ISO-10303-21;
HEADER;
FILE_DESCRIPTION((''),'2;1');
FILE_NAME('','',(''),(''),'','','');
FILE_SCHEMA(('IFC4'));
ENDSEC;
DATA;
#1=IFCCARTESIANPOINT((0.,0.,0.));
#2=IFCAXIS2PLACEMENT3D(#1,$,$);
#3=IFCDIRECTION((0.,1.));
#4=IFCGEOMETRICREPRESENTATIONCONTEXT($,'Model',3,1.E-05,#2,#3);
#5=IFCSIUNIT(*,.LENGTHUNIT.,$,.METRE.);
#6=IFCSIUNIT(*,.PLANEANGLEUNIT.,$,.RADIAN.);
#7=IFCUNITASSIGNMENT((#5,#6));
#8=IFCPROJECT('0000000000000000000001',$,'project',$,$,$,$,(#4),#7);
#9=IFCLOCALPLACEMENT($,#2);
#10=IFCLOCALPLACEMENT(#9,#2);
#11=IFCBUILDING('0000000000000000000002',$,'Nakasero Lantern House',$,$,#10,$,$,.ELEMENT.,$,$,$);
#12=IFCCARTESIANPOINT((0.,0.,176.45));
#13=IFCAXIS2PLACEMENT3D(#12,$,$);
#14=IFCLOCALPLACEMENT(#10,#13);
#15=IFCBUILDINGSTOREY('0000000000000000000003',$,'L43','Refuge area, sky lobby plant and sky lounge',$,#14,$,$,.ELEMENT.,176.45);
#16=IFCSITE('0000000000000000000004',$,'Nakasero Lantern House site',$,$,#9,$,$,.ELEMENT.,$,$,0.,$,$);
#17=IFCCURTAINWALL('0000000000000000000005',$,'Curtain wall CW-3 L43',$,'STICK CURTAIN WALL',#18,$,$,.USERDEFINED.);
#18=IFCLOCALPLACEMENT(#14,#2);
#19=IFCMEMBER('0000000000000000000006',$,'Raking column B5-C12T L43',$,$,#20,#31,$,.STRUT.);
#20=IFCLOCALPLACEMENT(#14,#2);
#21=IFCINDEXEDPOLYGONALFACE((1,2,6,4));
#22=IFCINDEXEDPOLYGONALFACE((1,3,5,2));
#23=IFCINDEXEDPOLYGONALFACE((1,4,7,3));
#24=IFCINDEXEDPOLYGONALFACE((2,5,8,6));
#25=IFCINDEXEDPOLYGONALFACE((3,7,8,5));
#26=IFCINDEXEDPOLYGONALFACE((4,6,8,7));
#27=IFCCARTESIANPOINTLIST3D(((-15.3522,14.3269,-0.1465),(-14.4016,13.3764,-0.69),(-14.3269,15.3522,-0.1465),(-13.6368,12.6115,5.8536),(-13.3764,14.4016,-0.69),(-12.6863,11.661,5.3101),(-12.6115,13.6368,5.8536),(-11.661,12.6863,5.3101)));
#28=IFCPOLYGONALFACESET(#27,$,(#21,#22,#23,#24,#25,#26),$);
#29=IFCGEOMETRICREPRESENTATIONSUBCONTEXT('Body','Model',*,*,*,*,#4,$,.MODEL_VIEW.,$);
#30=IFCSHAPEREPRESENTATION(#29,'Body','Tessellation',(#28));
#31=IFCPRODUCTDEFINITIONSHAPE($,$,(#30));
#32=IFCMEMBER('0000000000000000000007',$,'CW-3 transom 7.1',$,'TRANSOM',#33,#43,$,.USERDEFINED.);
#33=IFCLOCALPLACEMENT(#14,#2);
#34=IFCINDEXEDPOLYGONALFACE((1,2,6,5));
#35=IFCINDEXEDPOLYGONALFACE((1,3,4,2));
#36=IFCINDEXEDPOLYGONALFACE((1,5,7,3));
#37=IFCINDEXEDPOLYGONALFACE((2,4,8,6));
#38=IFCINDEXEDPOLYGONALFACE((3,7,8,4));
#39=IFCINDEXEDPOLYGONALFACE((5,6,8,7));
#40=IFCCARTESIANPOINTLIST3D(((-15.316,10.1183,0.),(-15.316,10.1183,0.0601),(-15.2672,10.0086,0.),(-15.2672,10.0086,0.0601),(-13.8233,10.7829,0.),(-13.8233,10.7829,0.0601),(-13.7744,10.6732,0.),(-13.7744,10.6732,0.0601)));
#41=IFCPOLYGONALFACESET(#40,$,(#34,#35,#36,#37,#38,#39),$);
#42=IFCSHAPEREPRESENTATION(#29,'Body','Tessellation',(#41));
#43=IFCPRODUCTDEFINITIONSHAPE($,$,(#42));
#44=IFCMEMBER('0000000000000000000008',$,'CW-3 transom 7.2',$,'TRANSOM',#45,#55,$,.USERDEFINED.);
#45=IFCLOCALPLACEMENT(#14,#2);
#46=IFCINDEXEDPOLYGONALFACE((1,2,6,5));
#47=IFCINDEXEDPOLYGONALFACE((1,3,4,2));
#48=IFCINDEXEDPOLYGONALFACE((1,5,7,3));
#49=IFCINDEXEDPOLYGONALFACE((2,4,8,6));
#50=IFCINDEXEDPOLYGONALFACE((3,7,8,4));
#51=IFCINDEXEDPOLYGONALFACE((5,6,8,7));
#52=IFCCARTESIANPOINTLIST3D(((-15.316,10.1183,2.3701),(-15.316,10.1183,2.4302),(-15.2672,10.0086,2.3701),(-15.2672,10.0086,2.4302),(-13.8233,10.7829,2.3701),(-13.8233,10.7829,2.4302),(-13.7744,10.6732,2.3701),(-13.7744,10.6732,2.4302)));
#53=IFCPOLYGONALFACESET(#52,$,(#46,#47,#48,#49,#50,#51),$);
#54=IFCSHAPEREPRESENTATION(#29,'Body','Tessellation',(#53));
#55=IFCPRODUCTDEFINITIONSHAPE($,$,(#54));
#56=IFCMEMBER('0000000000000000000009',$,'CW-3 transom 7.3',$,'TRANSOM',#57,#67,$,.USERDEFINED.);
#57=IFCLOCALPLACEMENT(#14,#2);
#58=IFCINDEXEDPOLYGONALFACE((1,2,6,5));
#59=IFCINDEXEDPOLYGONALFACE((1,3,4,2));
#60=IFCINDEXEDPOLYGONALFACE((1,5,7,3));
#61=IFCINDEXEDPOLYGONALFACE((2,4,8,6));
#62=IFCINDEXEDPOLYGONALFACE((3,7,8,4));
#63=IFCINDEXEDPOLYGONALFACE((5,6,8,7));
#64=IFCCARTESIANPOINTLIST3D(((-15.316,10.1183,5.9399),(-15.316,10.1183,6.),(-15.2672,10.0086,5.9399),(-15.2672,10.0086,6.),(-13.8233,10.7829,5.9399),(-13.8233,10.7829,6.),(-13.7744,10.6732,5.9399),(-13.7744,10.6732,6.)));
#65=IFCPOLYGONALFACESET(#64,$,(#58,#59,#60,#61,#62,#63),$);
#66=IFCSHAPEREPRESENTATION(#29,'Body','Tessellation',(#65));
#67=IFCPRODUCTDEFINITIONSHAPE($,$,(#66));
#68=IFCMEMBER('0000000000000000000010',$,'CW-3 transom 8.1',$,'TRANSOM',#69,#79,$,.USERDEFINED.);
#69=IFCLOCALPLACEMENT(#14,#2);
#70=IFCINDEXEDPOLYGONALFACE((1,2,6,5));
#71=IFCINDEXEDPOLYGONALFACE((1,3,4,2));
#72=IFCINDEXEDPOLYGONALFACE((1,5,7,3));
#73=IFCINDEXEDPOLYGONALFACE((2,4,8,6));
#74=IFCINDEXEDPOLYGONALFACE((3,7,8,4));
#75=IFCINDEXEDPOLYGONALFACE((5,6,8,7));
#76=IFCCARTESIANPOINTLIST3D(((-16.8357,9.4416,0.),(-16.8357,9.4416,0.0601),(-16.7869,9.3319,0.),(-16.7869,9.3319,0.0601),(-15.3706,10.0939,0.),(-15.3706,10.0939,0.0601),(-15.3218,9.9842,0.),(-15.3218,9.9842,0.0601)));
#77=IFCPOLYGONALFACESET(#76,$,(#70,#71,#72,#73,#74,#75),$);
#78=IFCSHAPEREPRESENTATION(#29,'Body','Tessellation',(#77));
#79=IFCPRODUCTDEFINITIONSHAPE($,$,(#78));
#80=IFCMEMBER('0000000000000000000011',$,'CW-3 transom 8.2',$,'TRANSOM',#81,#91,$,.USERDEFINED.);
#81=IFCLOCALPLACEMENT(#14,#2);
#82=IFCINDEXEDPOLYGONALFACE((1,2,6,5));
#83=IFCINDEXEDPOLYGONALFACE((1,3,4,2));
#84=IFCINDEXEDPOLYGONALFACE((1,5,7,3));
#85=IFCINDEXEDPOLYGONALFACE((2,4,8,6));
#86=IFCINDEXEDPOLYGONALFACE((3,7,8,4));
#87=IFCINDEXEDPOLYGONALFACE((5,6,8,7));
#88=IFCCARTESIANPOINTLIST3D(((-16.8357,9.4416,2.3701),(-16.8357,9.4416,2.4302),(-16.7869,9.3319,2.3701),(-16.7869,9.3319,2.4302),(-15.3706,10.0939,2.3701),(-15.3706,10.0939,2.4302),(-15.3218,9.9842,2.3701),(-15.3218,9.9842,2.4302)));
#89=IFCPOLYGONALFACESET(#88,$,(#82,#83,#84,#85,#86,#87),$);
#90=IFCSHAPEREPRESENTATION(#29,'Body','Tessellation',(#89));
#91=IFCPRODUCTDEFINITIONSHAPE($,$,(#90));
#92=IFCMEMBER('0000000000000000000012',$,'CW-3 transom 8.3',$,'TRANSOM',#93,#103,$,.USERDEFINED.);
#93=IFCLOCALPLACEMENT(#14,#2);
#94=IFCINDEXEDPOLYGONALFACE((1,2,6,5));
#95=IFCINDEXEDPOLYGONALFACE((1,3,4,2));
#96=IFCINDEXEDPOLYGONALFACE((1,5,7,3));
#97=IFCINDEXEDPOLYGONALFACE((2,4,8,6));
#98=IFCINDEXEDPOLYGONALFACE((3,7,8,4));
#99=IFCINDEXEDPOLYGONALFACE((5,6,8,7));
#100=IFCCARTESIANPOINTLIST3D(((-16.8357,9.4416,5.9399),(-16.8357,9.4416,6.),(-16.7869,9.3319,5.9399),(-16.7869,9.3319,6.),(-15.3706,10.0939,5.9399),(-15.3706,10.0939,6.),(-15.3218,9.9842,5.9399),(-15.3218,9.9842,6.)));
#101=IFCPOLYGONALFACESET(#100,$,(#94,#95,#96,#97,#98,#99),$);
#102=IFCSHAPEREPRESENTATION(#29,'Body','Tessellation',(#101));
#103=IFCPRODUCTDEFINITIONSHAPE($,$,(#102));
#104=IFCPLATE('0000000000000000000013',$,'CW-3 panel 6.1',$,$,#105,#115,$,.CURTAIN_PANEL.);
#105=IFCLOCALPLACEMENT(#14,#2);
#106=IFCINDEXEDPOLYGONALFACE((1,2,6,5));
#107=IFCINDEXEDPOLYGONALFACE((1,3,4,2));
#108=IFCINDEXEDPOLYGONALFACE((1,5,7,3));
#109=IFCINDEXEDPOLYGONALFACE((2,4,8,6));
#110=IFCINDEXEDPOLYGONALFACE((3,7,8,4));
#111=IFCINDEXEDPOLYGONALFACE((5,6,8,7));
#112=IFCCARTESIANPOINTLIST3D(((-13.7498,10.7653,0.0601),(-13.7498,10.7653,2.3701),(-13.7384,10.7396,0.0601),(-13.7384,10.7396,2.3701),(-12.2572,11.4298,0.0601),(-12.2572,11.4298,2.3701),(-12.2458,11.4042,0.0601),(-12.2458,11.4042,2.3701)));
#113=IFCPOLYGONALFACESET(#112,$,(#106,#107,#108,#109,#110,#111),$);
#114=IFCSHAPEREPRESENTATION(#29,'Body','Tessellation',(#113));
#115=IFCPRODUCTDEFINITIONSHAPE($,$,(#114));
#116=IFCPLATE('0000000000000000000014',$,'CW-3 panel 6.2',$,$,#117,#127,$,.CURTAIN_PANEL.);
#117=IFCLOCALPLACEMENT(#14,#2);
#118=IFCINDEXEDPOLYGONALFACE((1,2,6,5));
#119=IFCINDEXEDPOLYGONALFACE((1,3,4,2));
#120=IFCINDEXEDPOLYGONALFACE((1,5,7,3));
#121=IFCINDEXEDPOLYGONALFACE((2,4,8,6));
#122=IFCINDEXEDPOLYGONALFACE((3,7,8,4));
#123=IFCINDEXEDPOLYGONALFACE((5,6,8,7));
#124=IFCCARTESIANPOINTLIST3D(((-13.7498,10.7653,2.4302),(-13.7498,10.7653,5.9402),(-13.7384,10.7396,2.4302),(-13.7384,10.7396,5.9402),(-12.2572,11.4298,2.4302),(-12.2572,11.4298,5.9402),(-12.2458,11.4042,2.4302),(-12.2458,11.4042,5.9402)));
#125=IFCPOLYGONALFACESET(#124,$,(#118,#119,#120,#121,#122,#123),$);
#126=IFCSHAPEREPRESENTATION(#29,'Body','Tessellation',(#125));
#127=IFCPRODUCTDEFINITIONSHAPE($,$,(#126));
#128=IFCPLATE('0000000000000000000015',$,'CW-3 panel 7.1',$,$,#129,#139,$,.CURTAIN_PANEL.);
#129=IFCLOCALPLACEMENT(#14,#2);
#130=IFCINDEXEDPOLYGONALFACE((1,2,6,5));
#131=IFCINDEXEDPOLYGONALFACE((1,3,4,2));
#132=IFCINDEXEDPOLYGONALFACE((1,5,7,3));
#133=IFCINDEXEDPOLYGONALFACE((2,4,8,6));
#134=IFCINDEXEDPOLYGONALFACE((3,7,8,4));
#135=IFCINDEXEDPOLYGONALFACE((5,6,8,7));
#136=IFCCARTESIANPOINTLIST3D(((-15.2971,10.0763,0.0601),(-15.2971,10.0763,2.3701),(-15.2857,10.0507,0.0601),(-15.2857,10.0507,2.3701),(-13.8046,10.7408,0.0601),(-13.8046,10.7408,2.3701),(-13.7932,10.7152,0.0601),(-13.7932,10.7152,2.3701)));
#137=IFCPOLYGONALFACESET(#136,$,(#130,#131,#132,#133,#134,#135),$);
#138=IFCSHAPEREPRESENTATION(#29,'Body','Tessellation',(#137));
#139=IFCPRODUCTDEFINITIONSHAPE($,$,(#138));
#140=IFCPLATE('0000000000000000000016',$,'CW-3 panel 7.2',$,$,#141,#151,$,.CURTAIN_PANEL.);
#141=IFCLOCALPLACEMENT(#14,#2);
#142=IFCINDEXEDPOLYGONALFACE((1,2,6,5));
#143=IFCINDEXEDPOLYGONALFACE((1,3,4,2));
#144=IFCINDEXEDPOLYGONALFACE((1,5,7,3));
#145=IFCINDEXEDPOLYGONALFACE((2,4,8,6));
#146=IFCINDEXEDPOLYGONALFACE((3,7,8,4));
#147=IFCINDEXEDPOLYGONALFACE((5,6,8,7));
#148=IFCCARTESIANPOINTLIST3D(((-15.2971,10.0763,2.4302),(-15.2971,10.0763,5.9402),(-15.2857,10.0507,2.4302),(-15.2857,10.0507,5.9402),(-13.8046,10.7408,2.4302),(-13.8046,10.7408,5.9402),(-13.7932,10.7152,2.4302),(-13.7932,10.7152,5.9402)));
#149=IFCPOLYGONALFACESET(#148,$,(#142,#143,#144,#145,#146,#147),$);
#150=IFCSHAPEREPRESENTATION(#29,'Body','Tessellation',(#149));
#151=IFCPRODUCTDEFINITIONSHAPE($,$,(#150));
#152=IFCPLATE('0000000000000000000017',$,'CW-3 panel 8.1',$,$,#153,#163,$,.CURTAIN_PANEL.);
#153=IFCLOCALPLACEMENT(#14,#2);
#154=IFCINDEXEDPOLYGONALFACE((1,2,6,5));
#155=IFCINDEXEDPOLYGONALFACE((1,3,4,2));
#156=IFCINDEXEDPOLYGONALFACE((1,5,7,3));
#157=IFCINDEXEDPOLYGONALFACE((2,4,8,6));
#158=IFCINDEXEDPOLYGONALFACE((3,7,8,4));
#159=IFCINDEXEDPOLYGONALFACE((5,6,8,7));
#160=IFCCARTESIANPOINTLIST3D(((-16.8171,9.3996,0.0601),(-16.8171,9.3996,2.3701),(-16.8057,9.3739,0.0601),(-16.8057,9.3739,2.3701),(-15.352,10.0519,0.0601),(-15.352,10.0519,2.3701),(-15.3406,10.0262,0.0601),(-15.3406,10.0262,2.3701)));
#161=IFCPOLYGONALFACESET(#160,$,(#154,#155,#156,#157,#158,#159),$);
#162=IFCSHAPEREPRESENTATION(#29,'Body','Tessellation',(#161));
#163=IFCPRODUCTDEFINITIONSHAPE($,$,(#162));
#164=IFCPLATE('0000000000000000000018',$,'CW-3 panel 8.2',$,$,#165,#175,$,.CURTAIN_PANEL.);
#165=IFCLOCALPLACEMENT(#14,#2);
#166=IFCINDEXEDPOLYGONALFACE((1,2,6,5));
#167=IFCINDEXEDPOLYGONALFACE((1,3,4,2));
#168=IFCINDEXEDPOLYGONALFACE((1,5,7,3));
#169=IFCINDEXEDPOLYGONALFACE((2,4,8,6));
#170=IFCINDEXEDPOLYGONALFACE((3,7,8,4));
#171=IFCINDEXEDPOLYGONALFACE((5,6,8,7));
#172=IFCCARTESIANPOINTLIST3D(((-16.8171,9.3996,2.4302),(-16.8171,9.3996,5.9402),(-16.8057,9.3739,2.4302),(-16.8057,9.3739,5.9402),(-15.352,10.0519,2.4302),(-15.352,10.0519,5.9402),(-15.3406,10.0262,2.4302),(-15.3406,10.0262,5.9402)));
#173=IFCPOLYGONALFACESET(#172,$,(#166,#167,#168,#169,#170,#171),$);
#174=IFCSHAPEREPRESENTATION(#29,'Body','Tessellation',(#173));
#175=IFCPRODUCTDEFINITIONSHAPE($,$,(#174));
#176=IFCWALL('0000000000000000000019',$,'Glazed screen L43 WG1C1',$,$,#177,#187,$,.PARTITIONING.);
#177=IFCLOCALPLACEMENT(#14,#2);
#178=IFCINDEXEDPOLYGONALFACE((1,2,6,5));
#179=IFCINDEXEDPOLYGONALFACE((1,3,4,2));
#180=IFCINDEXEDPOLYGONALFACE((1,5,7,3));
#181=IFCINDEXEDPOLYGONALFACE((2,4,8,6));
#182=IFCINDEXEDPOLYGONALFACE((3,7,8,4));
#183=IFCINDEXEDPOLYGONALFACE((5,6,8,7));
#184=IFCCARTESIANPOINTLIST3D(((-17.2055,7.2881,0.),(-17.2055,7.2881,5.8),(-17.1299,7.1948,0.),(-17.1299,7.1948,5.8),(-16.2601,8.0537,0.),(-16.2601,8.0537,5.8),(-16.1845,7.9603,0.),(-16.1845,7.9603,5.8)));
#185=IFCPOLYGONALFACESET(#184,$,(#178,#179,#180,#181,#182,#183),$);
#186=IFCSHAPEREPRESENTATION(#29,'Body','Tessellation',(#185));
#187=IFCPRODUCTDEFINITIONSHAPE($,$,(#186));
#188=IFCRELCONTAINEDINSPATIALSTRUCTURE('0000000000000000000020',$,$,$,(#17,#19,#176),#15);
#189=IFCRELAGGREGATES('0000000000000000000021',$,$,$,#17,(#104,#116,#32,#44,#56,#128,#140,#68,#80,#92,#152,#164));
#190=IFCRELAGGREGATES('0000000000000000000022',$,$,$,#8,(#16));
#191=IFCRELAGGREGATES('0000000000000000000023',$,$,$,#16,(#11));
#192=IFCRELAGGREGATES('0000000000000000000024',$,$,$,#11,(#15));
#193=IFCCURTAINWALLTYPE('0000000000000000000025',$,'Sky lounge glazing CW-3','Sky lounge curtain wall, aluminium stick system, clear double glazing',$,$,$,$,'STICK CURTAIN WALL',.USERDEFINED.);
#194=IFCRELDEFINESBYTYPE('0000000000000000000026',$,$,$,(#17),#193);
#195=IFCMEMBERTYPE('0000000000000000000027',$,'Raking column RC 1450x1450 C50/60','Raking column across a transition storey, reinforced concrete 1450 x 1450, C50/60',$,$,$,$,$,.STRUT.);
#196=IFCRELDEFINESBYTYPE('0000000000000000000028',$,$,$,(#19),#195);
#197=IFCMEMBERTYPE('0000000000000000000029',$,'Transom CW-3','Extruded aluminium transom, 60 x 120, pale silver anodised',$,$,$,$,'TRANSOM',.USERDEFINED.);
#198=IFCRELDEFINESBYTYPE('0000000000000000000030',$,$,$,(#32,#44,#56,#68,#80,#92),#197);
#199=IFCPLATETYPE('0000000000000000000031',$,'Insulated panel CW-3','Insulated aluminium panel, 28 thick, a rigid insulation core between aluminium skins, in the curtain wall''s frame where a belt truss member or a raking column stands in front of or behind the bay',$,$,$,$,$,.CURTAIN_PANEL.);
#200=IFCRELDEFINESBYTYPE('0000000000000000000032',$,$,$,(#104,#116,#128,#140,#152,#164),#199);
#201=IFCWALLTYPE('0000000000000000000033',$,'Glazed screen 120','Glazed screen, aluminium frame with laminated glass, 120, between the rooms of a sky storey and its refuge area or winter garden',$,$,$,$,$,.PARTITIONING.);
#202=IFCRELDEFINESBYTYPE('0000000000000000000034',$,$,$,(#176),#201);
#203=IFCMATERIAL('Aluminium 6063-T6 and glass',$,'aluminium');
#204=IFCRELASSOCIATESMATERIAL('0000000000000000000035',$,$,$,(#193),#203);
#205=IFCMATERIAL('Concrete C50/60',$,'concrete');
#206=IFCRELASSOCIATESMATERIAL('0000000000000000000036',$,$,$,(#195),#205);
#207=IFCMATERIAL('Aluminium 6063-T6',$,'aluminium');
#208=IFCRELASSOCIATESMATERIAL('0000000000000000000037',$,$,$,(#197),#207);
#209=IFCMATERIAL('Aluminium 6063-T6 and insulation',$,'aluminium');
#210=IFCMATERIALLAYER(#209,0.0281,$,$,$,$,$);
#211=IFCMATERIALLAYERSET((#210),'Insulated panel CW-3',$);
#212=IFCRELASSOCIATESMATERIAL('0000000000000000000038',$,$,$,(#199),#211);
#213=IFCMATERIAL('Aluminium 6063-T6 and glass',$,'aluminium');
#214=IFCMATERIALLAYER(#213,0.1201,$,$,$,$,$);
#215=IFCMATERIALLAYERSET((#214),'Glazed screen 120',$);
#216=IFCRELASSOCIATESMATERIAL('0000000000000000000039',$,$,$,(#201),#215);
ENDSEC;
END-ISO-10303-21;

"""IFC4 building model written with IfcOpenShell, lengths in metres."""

from ifc_helpers import new_model, si_unit, direction, frame, frame_2d, origin, origin_2d, place, context, subcontext, project, spatial, rectangle, extrude, material, layer, layer_set, material_profile, profile_set, type_object, element, aggregate, save


model = new_model("IFC4")

# Units and contexts
model_context = context("Model", 3, precision=1e-05, world=origin(), true_north=direction((0.0, 1.0)))
body_context = subcontext(model_context, "Body", "Model", "MODEL_VIEW")
ifc_project = project(units=[si_unit("LENGTHUNIT", "METRE"), si_unit("PLANEANGLEUNIT", "RADIAN")], contexts=[model_context])

# Site, building, storey
site_placement = place(None, origin())
site = spatial("IfcSite", under=ifc_project, at=site_placement, Name="Nakasero Lantern House site", CompositionType="ELEMENT", RefElevation=0.0)
building_placement = place(site_placement, origin())
building = spatial("IfcBuilding", under=site, at=building_placement, Name="Nakasero Lantern House", CompositionType="ELEMENT")
storey_placement = place(building_placement, frame((0.0, 0.0, 176.45)))
storey = spatial("IfcBuildingStorey", under=building, at=storey_placement, Name="L43", Description="Refuge area, sky lobby plant and sky lounge", CompositionType="ELEMENT", Elevation=176.45)

# Curtain wall
ifc_material_1 = material(Name="Aluminium 6063-T6 and glass", Category="aluminium")
curtain_wall_type = type_object("IfcCurtainWallType", Name="Sky lounge glazing CW-3", Description="Sky lounge curtain wall, aluminium stick system, clear double glazing", ElementType="STICK CURTAIN WALL", PredefinedType="USERDEFINED", material=ifc_material_1)
curtain_wall_placement = place(storey_placement, origin())
curtain_wall = element("IfcCurtainWall", 1, at=curtain_wall_placement, inside=storey, type_object=curtain_wall_type, Name="Curtain wall CW-3 L43", ObjectType="STICK CURTAIN WALL", PredefinedType="USERDEFINED")

# Members
ifc_material_2 = material(Name="Concrete C50/60", Category="concrete")
ifc_material_profile_1 = material_profile(ifc_material_2, rectangle(XDim=1.45, YDim=1.45, at=origin_2d()), Name="RC 1450x1450")
ifc_profile_set_1 = profile_set([ifc_material_profile_1], Name="Concrete C50/60")
member_type_1 = type_object("IfcMemberType", Name="Raking column RC 1450x1450 C50/60", Description="Raking column across a transition storey, reinforced concrete 1450 x 1450, C50/60", PredefinedType="STRUT", material=ifc_profile_set_1)
member_1_placement = place(storey_placement, frame((-14.3643, 14.3643, -0.4182), z_axis=(0.265045, -0.265045, 0.927093), x_axis=(0.707107, 0.707107, 0.0)))
element("IfcMember", 2, at=member_1_placement, inside=storey, type_object=member_type_1, Name="Raking column B5-C12T L43", PredefinedType="STRUT", context=body_context, shape_type="SweptSolid", body=[
    extrude(rectangle(XDim=1.45, YDim=1.45, at=origin_2d()), origin(), (0.0, 0.0, 1.0), 6.4719),
])
ifc_material_3 = material(Name="Aluminium 6063-T6", Category="aluminium")
ifc_material_profile_2 = material_profile(ifc_material_3, rectangle(XDim=0.0601, YDim=0.1201, at=origin_2d()), Name="CW-3 transom 60x120")
ifc_profile_set_2 = profile_set([ifc_material_profile_2], Name="Aluminium 6063-T6")
member_type_2 = type_object("IfcMemberType", Name="Transom CW-3", Description="Extruded aluminium transom, 60 x 120, pale silver anodised", ElementType="TRANSOM", PredefinedType="USERDEFINED", material=ifc_profile_set_2)
member_2_placement = place(storey_placement, frame((-13.7988, 10.728, 0.03), z_axis=(-0.913553, -0.406721, 0.0), x_axis=(0.0, 0.0, 1.0)))
member_2 = element("IfcMember", 3, at=member_2_placement, type_object=member_type_2, Name="CW-3 transom 7.1", ObjectType="TRANSOM", PredefinedType="USERDEFINED", context=body_context, shape_type="SweptSolid", body=[
    extrude(rectangle(XDim=0.0601, YDim=0.1201, at=origin_2d()), origin(), (0.0, 0.0, 1.0), 1.634),
])
member_3_placement = place(storey_placement, frame((-13.7988, 10.728, 2.4001), z_axis=(-0.913553, -0.406721, 0.0), x_axis=(0.0, 0.0, 1.0)))
member_3 = element("IfcMember", 4, at=member_3_placement, type_object=member_type_2, Name="CW-3 transom 7.2", ObjectType="TRANSOM", PredefinedType="USERDEFINED", context=body_context, shape_type="SweptSolid", body=[
    extrude(rectangle(XDim=0.0601, YDim=0.1201, at=origin_2d()), origin(), (0.0, 0.0, 1.0), 1.634),
])
member_4_placement = place(storey_placement, frame((-13.7988, 10.728, 5.97), z_axis=(-0.913553, -0.406721, 0.0), x_axis=(0.0, 0.0, 1.0)))
member_4 = element("IfcMember", 5, at=member_4_placement, type_object=member_type_2, Name="CW-3 transom 7.3", ObjectType="TRANSOM", PredefinedType="USERDEFINED", context=body_context, shape_type="SweptSolid", body=[
    extrude(rectangle(XDim=0.0601, YDim=0.1201, at=origin_2d()), origin(), (0.0, 0.0, 1.0), 1.634),
])
member_5_placement = place(storey_placement, frame((-15.3462, 10.0391, 0.03), z_axis=(-0.913535, -0.40676, 0.0), x_axis=(0.0, 0.0, 1.0)))
member_5 = element("IfcMember", 6, at=member_5_placement, type_object=member_type_2, Name="CW-3 transom 8.1", ObjectType="TRANSOM", PredefinedType="USERDEFINED", context=body_context, shape_type="SweptSolid", body=[
    extrude(rectangle(XDim=0.0601, YDim=0.1201, at=origin_2d()), origin(), (0.0, 0.0, 1.0), 1.6038),
])
member_6_placement = place(storey_placement, frame((-15.3462, 10.0391, 2.4001), z_axis=(-0.913535, -0.40676, 0.0), x_axis=(0.0, 0.0, 1.0)))
member_6 = element("IfcMember", 7, at=member_6_placement, type_object=member_type_2, Name="CW-3 transom 8.2", ObjectType="TRANSOM", PredefinedType="USERDEFINED", context=body_context, shape_type="SweptSolid", body=[
    extrude(rectangle(XDim=0.0601, YDim=0.1201, at=origin_2d()), origin(), (0.0, 0.0, 1.0), 1.6038),
])
member_7_placement = place(storey_placement, frame((-15.3462, 10.0391, 5.97), z_axis=(-0.913535, -0.40676, 0.0), x_axis=(0.0, 0.0, 1.0)))
member_7 = element("IfcMember", 8, at=member_7_placement, type_object=member_type_2, Name="CW-3 transom 8.3", ObjectType="TRANSOM", PredefinedType="USERDEFINED", context=body_context, shape_type="SweptSolid", body=[
    extrude(rectangle(XDim=0.0601, YDim=0.1201, at=origin_2d()), origin(), (0.0, 0.0, 1.0), 1.6038),
])

# Plates
ifc_material_4 = material(Name="Aluminium 6063-T6 and insulation", Category="aluminium")
ifc_layer_1 = layer(ifc_material_4, 0.0281)
ifc_layer_set_1 = layer_set([ifc_layer_1], Name="Insulated panel CW-3")
plate_type = type_object("IfcPlateType", Name="Insulated panel CW-3", Description="Insulated aluminium panel, 28 thick, a rigid insulation core between aluminium skins, in the curtain wall's frame where a belt truss member or a raking column stands in front of or behind the bay", PredefinedType="CURTAIN_PANEL", material=ifc_layer_set_1)
plate_1_placement = place(storey_placement, frame((-12.9978, 11.0847, 0.0601), z_axis=(0.0, 0.0, 1.0), x_axis=(-0.913545, -0.406737, 0.0)))
plate_1 = element("IfcPlate", 9, at=plate_1_placement, type_object=plate_type, Name="CW-3 panel 6.1", PredefinedType="CURTAIN_PANEL", context=body_context, shape_type="SweptSolid", body=[
    extrude(rectangle(XDim=1.6338, YDim=0.0281, at=origin_2d()), origin(), (0.0, 0.0, 1.0), 2.3101),
])
plate_2_placement = place(storey_placement, frame((-12.9978, 11.0847, 2.4302), z_axis=(0.0, 0.0, 1.0), x_axis=(-0.913545, -0.406737, 0.0)))
plate_2 = element("IfcPlate", 10, at=plate_2_placement, type_object=plate_type, Name="CW-3 panel 6.2", PredefinedType="CURTAIN_PANEL", context=body_context, shape_type="SweptSolid", body=[
    extrude(rectangle(XDim=1.6338, YDim=0.0281, at=origin_2d()), origin(), (0.0, 0.0, 1.0), 3.51),
])
plate_3_placement = place(storey_placement, frame((-14.5452, 10.3958, 0.0601), z_axis=(0.0, 0.0, 1.0), x_axis=(-0.913545, -0.406737, 0.0)))
plate_3 = element("IfcPlate", 11, at=plate_3_placement, type_object=plate_type, Name="CW-3 panel 7.1", PredefinedType="CURTAIN_PANEL", context=body_context, shape_type="SweptSolid", body=[
    extrude(rectangle(XDim=1.6338, YDim=0.0281, at=origin_2d()), origin(), (0.0, 0.0, 1.0), 2.3101),
])
plate_4_placement = place(storey_placement, frame((-14.5452, 10.3958, 2.4302), z_axis=(0.0, 0.0, 1.0), x_axis=(-0.913545, -0.406737, 0.0)))
plate_4 = element("IfcPlate", 12, at=plate_4_placement, type_object=plate_type, Name="CW-3 panel 7.2", PredefinedType="CURTAIN_PANEL", context=body_context, shape_type="SweptSolid", body=[
    extrude(rectangle(XDim=1.6338, YDim=0.0281, at=origin_2d()), origin(), (0.0, 0.0, 1.0), 3.51),
])
plate_5_placement = place(storey_placement, frame((-16.0789, 9.7129, 0.0601), z_axis=(0.0, 0.0, 1.0), x_axis=(-0.913545, -0.406737, 0.0)))
plate_5 = element("IfcPlate", 13, at=plate_5_placement, type_object=plate_type, Name="CW-3 panel 8.1", PredefinedType="CURTAIN_PANEL", context=body_context, shape_type="SweptSolid", body=[
    extrude(rectangle(XDim=1.6038, YDim=0.0281, at=origin_2d()), origin(), (0.0, 0.0, 1.0), 2.3101),
])
plate_6_placement = place(storey_placement, frame((-16.0789, 9.7129, 2.4302), z_axis=(0.0, 0.0, 1.0), x_axis=(-0.913545, -0.406737, 0.0)))
plate_6 = element("IfcPlate", 14, at=plate_6_placement, type_object=plate_type, Name="CW-3 panel 8.2", PredefinedType="CURTAIN_PANEL", context=body_context, shape_type="SweptSolid", body=[
    extrude(rectangle(XDim=1.6038, YDim=0.0281, at=origin_2d()), origin(), (0.0, 0.0, 1.0), 3.51),
])
aggregate(curtain_wall, [plate_1, plate_2, member_2, member_3, member_4, plate_3, plate_4, member_5, member_6, member_7, plate_5, plate_6])

# Wall
ifc_material_5 = material(Name="Aluminium 6063-T6 and glass", Category="aluminium")
ifc_layer_2 = layer(ifc_material_5, 0.1201)
ifc_layer_set_2 = layer_set([ifc_layer_2], Name="Glazed screen 120")
wall_type = type_object("IfcWallType", Name="Glazed screen 120", Description="Glazed screen, aluminium frame with laminated glass, 120, between the rooms of a sky storey and its refuge area or winter garden", PredefinedType="PARTITIONING", material=ifc_layer_set_2)
wall_placement = place(storey_placement, frame((-16.2222, 8.0071, 0.0), z_axis=(0.0, 0.0, 1.0), x_axis=(-0.777175, -0.629285, 0.0)))
element("IfcWall", 15, at=wall_placement, inside=storey, type_object=wall_type, Name="Glazed screen L43 WG1C1", PredefinedType="PARTITIONING", context=body_context, shape_type="SweptSolid", body=[
    extrude(rectangle(XDim=1.2166, YDim=0.1201, at=frame_2d((0.6084, 0.0))), origin(), (0.0, 0.0, 1.0), 5.8),
])

save(model, "model.ifc")
